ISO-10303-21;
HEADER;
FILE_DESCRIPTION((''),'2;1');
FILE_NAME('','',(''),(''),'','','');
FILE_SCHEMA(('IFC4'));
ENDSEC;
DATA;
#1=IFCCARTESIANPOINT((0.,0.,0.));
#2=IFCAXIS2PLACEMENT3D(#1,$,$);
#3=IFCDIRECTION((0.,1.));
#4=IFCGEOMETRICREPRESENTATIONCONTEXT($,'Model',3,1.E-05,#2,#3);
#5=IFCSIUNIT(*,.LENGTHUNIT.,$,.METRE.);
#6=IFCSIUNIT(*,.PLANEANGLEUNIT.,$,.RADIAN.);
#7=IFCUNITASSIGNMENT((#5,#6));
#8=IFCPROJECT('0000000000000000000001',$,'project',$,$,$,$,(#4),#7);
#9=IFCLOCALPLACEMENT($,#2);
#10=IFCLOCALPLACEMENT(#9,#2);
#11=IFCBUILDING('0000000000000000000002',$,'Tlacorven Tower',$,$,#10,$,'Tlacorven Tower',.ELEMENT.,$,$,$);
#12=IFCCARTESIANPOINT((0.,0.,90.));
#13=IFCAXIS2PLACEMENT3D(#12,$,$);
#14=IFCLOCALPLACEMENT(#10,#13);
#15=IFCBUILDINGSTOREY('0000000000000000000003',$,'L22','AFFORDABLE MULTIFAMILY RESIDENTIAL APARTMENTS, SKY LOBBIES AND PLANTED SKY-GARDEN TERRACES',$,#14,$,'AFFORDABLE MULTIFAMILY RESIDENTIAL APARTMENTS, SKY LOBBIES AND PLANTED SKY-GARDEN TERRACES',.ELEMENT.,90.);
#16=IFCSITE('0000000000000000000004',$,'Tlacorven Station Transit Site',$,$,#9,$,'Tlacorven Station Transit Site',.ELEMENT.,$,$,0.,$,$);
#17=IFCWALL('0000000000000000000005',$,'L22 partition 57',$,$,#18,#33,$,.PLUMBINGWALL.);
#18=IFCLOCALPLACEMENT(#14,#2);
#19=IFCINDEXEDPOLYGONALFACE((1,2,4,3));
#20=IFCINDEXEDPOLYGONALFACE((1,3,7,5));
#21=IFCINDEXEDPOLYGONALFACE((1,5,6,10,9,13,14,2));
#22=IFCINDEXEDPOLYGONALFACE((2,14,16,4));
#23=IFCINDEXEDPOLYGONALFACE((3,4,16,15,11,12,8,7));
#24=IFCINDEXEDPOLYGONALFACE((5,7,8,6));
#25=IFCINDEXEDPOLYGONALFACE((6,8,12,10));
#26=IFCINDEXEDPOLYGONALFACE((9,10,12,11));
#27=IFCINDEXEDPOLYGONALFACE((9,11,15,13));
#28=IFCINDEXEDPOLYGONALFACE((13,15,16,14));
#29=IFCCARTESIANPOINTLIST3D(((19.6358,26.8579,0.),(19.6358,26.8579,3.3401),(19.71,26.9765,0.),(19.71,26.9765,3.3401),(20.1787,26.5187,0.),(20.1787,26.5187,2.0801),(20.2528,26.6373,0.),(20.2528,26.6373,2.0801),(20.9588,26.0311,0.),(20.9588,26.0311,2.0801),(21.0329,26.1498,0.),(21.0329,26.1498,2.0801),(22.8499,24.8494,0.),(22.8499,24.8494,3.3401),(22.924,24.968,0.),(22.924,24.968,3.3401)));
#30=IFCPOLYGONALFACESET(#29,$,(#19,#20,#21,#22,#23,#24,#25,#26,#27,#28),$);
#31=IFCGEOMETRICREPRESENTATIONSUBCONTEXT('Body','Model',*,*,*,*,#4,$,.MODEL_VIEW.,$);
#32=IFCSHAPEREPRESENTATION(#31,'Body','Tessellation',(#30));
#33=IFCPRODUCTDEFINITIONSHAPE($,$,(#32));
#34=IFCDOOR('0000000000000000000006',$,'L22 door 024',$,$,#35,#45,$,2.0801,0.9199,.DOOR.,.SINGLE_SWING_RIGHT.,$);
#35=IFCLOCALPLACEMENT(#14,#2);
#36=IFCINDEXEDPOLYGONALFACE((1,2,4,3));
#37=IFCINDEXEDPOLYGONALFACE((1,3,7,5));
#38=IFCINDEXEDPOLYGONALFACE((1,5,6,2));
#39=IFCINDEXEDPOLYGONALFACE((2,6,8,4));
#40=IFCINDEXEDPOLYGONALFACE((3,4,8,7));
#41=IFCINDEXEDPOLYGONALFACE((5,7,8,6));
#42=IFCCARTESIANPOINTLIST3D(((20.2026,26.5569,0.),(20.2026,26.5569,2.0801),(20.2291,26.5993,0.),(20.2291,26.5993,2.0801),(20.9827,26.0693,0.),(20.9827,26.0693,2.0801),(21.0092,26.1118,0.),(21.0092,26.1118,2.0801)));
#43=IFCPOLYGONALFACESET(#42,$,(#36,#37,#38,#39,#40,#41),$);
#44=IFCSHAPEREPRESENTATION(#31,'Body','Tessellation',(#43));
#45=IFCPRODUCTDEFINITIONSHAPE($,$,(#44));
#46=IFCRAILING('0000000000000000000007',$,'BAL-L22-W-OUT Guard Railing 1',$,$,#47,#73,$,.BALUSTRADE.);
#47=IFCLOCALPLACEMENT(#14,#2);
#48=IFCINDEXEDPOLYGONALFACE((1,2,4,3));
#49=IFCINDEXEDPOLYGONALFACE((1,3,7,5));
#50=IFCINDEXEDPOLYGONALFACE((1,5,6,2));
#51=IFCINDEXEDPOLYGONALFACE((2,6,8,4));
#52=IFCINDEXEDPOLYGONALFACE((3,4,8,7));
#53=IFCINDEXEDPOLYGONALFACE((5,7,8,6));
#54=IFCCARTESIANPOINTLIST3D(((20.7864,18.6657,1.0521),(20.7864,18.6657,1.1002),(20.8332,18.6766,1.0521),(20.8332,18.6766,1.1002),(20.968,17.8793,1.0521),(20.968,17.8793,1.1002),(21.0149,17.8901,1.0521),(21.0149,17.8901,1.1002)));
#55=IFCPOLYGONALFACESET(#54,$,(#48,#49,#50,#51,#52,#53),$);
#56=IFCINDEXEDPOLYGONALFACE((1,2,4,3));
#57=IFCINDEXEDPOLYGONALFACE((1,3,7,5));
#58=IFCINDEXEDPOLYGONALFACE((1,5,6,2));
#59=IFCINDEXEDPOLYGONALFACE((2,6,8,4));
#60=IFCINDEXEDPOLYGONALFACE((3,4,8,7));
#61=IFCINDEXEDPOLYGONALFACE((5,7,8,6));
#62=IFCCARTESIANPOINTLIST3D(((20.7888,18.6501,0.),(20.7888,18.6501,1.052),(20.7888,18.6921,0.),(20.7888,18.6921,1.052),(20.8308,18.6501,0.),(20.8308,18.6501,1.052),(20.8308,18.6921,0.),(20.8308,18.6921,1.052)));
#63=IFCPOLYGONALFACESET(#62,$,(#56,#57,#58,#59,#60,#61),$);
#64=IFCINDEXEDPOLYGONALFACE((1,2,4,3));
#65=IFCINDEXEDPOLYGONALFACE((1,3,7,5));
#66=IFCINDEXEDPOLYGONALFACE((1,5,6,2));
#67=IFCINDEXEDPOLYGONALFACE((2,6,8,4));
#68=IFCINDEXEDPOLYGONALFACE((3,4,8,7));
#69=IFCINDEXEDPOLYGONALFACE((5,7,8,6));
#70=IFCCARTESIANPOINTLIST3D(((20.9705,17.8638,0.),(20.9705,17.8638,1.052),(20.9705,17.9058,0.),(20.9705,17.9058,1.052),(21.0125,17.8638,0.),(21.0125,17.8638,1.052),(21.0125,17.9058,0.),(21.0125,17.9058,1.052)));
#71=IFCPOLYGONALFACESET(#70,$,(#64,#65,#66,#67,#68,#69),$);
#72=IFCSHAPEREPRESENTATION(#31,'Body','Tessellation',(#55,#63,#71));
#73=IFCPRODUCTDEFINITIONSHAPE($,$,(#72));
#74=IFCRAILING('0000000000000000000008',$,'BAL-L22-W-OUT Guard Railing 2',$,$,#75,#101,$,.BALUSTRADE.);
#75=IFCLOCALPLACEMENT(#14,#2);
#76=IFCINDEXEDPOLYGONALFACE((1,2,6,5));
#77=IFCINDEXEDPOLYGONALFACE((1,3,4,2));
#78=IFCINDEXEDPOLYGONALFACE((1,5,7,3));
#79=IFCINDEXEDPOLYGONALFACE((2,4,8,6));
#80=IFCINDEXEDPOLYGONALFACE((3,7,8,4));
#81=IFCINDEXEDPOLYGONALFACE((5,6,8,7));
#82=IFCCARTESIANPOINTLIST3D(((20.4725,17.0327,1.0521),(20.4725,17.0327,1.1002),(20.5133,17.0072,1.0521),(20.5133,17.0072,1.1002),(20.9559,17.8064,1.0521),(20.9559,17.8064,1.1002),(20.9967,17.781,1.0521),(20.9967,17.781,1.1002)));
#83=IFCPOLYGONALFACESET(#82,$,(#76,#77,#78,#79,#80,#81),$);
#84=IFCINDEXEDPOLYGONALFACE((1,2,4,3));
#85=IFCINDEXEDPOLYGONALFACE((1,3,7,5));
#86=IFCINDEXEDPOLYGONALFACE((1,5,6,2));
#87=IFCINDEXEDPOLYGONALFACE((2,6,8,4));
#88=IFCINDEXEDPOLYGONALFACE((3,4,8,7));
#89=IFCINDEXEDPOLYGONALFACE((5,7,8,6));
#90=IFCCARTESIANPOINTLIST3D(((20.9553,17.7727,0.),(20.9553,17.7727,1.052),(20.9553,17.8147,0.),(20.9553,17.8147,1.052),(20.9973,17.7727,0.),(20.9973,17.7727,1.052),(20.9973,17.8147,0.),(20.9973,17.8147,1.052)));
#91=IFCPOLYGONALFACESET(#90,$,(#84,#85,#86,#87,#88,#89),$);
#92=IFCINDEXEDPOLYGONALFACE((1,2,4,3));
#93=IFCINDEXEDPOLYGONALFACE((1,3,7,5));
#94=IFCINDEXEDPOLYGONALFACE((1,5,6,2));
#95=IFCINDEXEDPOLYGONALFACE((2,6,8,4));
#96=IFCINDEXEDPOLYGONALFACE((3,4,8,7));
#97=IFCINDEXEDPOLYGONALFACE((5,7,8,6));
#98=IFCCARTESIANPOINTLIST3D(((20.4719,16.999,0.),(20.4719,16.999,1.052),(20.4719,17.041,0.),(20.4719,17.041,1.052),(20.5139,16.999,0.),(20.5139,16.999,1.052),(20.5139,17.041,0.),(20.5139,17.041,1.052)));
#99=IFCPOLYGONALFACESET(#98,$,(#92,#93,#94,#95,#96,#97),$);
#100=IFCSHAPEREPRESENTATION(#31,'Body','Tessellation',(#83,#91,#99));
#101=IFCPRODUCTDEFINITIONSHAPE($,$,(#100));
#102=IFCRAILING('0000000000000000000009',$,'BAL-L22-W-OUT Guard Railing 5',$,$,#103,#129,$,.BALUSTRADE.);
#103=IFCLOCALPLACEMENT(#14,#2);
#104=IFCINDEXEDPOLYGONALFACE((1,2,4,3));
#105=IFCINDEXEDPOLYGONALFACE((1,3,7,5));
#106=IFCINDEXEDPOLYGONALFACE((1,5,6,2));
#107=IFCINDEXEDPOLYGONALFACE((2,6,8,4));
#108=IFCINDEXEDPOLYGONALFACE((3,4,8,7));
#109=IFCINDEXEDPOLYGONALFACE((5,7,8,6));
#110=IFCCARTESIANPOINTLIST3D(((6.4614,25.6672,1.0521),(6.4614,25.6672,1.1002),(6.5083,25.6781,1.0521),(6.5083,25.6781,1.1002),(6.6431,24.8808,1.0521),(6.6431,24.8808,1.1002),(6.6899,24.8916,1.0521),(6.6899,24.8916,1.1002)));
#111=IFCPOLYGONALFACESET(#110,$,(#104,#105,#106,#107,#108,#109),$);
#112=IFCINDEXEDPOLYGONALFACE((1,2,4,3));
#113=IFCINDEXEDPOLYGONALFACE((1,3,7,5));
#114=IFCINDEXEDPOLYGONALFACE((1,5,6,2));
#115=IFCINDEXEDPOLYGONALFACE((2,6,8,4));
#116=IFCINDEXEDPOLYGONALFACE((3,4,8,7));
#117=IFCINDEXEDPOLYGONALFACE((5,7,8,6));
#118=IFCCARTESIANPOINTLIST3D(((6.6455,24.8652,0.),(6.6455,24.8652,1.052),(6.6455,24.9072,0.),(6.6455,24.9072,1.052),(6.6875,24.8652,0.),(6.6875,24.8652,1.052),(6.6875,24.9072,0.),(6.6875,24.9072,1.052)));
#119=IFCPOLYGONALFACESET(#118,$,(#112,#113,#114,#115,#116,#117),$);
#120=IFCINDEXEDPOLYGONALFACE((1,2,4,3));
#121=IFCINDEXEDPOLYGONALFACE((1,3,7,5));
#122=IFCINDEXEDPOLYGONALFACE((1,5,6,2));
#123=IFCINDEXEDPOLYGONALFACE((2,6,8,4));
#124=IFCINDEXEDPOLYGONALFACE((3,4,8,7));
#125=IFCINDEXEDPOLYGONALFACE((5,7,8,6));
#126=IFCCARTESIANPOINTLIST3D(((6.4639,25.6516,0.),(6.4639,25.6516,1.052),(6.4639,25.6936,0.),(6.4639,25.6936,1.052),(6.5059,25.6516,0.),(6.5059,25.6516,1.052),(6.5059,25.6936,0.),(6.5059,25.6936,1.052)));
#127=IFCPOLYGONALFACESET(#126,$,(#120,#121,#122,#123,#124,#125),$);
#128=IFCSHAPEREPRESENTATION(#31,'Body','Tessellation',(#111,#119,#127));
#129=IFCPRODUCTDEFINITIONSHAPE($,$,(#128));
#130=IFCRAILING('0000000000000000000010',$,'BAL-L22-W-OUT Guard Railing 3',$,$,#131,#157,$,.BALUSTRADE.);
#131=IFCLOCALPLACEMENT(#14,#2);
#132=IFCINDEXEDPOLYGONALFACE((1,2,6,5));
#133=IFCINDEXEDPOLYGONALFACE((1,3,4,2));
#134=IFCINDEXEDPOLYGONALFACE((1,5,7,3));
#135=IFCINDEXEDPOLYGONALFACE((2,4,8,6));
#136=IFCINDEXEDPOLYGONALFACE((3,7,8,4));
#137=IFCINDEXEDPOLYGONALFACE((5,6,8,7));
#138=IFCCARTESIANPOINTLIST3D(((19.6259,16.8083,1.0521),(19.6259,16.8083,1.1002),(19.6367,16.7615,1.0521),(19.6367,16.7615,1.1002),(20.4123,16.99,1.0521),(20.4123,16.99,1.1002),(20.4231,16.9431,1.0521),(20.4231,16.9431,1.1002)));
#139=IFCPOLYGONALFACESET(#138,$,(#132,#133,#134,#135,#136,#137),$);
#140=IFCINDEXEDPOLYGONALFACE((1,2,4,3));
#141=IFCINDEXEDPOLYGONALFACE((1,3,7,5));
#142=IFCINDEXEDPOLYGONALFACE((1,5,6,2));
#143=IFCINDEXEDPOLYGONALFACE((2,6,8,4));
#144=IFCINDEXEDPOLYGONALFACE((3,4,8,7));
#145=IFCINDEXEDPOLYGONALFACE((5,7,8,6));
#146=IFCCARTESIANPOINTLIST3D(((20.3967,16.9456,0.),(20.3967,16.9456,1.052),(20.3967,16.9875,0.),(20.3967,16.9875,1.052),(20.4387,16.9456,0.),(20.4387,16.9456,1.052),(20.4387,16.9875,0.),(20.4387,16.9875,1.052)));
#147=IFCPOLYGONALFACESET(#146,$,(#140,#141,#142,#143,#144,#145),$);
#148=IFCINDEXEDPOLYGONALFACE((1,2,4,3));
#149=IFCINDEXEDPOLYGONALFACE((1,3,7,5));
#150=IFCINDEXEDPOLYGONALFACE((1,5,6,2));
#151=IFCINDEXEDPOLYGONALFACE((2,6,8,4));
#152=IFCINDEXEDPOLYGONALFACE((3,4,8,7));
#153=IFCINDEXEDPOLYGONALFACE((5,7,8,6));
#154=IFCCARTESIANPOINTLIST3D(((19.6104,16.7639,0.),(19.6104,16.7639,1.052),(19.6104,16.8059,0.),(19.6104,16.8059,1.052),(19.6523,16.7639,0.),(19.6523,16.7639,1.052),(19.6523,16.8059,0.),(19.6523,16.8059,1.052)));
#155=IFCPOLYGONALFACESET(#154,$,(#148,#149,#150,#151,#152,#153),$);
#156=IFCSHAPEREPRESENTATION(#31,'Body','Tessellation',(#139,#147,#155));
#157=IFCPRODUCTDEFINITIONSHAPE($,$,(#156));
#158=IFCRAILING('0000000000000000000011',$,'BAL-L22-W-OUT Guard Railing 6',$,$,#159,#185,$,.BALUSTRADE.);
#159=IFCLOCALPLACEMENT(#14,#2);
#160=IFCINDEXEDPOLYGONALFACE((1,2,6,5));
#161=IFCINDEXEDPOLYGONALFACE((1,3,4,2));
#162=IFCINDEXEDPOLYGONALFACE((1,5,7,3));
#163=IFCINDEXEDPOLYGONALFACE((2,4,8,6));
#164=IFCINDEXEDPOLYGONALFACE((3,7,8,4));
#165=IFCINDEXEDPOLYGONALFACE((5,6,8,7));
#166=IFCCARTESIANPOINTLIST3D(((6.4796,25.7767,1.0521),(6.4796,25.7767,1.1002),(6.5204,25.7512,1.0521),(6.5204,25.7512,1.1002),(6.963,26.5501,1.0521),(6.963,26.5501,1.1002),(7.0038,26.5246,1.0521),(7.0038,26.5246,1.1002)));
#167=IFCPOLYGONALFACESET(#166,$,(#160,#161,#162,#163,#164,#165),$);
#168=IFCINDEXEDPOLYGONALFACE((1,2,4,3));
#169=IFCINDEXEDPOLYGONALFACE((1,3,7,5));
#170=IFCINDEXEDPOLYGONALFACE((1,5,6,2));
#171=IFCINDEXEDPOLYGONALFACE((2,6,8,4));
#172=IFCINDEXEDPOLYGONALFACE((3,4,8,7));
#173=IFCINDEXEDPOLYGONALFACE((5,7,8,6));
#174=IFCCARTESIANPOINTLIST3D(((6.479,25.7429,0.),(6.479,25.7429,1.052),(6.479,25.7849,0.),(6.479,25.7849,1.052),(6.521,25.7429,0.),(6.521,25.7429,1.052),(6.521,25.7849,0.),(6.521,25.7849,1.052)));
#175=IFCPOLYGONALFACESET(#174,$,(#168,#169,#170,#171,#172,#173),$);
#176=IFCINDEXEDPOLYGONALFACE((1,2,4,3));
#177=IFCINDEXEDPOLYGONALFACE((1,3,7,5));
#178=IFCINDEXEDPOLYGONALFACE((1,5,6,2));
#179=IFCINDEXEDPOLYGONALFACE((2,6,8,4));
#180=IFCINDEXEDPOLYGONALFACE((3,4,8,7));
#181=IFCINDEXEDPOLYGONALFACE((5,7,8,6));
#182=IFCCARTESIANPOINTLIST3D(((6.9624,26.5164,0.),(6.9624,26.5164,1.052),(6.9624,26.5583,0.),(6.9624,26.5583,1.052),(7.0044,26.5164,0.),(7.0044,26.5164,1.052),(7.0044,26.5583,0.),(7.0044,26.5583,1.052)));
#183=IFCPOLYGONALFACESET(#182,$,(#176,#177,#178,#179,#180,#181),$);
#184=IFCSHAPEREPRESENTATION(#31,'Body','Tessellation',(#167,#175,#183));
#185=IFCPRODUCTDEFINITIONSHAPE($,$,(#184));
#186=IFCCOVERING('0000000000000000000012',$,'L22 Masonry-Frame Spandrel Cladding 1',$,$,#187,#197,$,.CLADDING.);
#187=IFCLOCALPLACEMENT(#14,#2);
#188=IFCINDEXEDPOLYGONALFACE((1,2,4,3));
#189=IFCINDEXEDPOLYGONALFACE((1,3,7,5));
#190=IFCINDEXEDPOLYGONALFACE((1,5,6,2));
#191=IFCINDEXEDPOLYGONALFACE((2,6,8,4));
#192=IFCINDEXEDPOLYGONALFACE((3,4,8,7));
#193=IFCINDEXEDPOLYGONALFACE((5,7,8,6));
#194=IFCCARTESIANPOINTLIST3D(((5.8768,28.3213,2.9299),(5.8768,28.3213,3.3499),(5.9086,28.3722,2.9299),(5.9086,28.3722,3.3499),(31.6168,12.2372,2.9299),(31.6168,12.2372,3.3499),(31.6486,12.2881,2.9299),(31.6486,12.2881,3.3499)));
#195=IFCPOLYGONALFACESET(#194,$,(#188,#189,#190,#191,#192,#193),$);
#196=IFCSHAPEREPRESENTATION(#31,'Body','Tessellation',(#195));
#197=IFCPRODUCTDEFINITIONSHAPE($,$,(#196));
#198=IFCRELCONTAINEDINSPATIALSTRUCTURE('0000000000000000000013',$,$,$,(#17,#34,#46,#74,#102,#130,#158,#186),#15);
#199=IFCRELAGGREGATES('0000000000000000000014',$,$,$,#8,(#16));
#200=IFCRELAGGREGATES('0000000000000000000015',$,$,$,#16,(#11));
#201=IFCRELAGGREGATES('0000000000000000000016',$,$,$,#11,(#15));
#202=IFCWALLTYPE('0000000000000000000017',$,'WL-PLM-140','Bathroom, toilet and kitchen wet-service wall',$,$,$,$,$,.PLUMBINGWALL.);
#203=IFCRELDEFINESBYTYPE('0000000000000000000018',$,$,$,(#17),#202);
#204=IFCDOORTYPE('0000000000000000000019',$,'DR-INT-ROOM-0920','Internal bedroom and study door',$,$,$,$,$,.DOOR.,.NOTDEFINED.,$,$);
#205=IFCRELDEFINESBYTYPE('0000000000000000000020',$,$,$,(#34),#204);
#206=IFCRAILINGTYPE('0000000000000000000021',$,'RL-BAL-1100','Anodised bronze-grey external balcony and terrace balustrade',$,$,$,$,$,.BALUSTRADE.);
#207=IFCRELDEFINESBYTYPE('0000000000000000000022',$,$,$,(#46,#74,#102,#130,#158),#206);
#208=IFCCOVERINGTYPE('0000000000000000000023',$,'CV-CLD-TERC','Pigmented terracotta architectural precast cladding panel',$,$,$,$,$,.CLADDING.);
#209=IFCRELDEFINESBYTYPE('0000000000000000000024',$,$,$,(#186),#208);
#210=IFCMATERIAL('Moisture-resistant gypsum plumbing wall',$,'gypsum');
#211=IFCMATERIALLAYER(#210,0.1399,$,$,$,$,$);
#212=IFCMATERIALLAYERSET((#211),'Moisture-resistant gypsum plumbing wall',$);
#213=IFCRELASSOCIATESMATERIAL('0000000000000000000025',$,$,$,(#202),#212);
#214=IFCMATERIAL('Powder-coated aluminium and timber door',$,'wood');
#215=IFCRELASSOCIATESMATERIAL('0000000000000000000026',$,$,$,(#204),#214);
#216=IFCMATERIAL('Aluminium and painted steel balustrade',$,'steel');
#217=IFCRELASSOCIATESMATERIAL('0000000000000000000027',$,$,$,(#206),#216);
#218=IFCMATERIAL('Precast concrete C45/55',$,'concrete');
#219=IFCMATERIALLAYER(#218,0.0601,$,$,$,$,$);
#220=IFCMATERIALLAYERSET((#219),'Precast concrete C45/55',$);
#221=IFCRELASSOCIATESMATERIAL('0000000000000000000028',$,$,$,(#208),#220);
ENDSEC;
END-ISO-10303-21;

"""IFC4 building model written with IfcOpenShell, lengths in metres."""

from ifc_helpers import new_model, si_unit, direction, frame, frame_2d, origin, origin_2d, place, context, subcontext, project, spatial, rectangle, extrude, source, transform, mapped, material, layer, layer_set, type_object, element, fill, save


model = new_model("IFC4")

# Units and contexts
model_context = context("Model", 3, precision=1e-05, world=origin(), true_north=direction((0.0, 1.0)))
body_context = subcontext(model_context, "Body", "Model", "MODEL_VIEW")
ifc_project = project(units=[si_unit("LENGTHUNIT", "METRE"), si_unit("PLANEANGLEUNIT", "RADIAN")], contexts=[model_context])

# Site, building, storey
site_placement = place(None, origin())
site = spatial("IfcSite", under=ifc_project, at=site_placement, Name="Tlacorven Station Transit Site", LongName="Tlacorven Station Transit Site", CompositionType="ELEMENT", RefElevation=0.0)
building_placement = place(site_placement, origin())
building = spatial("IfcBuilding", under=site, at=building_placement, Name="Tlacorven Tower", LongName="Tlacorven Tower", CompositionType="ELEMENT")
storey_placement = place(building_placement, frame((0.0, 0.0, 90.0)))
storey = spatial("IfcBuildingStorey", under=building, at=storey_placement, Name="L22", Description="AFFORDABLE MULTIFAMILY RESIDENTIAL APARTMENTS, SKY LOBBIES AND PLANTED SKY-GARDEN TERRACES", LongName="AFFORDABLE MULTIFAMILY RESIDENTIAL APARTMENTS, SKY LOBBIES AND PLANTED SKY-GARDEN TERRACES", CompositionType="ELEMENT", Elevation=90.0)

# Shared definitions
ifc_material_1 = material(Name="Precast concrete C45/55", Category="concrete")

# Wall, opening, door
ifc_material_2 = material(Name="Moisture-resistant gypsum plumbing wall", Category="gypsum")
ifc_layer_1 = layer(ifc_material_2, 0.1399)
ifc_layer_set_1 = layer_set([ifc_layer_1], Name="Moisture-resistant gypsum plumbing wall")
wall_type = type_object("IfcWallType", Name="WL-PLM-140", Description="Bathroom, toilet and kitchen wet-service wall", PredefinedType="PLUMBINGWALL", material=ifc_layer_set_1)
wall_placement = place(storey_placement, frame((22.887, 24.9087, 0.0), z_axis=(0.0, 0.0, 1.0), x_axis=(-0.848031, 0.529947, 0.0)))
wall = element("IfcWall", 1, at=wall_placement, inside=storey, type_object=wall_type, Name="L22 partition 57", PredefinedType="PLUMBINGWALL", context=body_context, shape_type="SweptSolid", body=[
    extrude(rectangle(XDim=3.79, YDim=0.1399, at=frame_2d((1.895, 0.0))), origin(), (0.0, 0.0, 1.0), 3.3401),
])
opening_placement = place(wall_placement, frame((2.23, 0.0, 0.0)))
opening = element("IfcOpeningElement", 2, at=opening_placement, cuts=wall, PredefinedType="OPENING", context=body_context, shape_type="SweptSolid", body=[
    extrude(rectangle(XDim=0.9199, YDim=2.0801, at=frame_2d((0.46, 1.04))), frame((0.0, 0.0801, 0.0), z_axis=(0.0, -1.0, 0.0), x_axis=(1.0, 0.0, 0.0)), (0.0, 0.0, 1.0), 0.1599),
])
ifc_material_3 = material(Name="Powder-coated aluminium and timber door", Category="wood")
door_type = type_object("IfcDoorType", Name="DR-INT-ROOM-0920", Description="Internal bedroom and study door", OperationType="NOTDEFINED", PredefinedType="DOOR", material=ifc_material_3)
shared_shape_1 = source(origin(), body_context, "Body", "SweptSolid", [
    extrude(rectangle(XDim=0.9199, YDim=2.0801, at=frame_2d((0.46, 1.04))), frame((0.0, 0.0249, 0.0), z_axis=(0.0, -1.0, 0.0), x_axis=(1.0, 0.0, 0.0)), (0.0, 0.0, 1.0), 0.05),
])
door_placement = place(opening_placement, origin())
door = element("IfcDoor", 3, at=door_placement, inside=storey, type_object=door_type, Name="L22 door 024", OperationType="SINGLE_SWING_RIGHT", OverallHeight=2.0801, OverallWidth=0.9199, PredefinedType="DOOR", context=body_context, shape_type="MappedRepresentation", body=[
    mapped(shared_shape_1, transform((0.0, 0.0, 0.0), scale=1.0)),
])
fill(opening, door)

# Railings
ifc_material_4 = material(Name="Aluminium and painted steel balustrade", Category="steel")
railing_type = type_object("IfcRailingType", Name="RL-BAL-1100", Description="Anodised bronze-grey external balcony and terrace balustrade", PredefinedType="BALUSTRADE", material=ifc_material_4)
shared_shape_2 = source(origin(), body_context, "Body", "SweptSolid", [
    extrude(rectangle(XDim=0.0481, YDim=0.0481, at=origin_2d()), frame((0.0, 0.0, 1.0762), z_axis=(0.225058, -0.974345, 0.0), x_axis=(0.974345, 0.225058, 0.0)), (0.0, 0.0, 1.0), 0.8071),
    extrude(rectangle(XDim=0.042, YDim=0.042, at=origin_2d()), origin(), (0.0, 0.0, 1.0), 1.052),
    extrude(rectangle(XDim=0.042, YDim=0.042, at=origin_2d()), frame((0.1816, -0.7864, 0.0)), (0.0, 0.0, 1.0), 1.052),
])
railing_1_placement = place(storey_placement, frame((20.8098, 18.6711, 0.0)))
element("IfcRailing", 4, at=railing_1_placement, inside=storey, type_object=railing_type, Name="BAL-L22-W-OUT Guard Railing 1", PredefinedType="BALUSTRADE", context=body_context, shape_type="MappedRepresentation", body=[
    mapped(shared_shape_2, transform((0.0, 0.0, 0.0), scale=1.0)),
])
shared_shape_3 = source(origin(), body_context, "Body", "SweptSolid", [
    extrude(rectangle(XDim=0.0481, YDim=0.0481, at=origin_2d()), frame((0.0, 0.0, 1.0762), z_axis=(-0.529879, -0.848073, 0.0), x_axis=(0.848073, -0.529879, 0.0)), (0.0, 0.0, 1.0), 0.9124),
    extrude(rectangle(XDim=0.042, YDim=0.042, at=origin_2d()), origin(), (0.0, 0.0, 1.0), 1.052),
    extrude(rectangle(XDim=0.042, YDim=0.042, at=origin_2d()), frame((-0.4834, -0.7737, 0.0)), (0.0, 0.0, 1.0), 1.052),
])
railing_2_placement = place(storey_placement, frame((20.9763, 17.7937, 0.0)))
element("IfcRailing", 5, at=railing_2_placement, inside=storey, type_object=railing_type, Name="BAL-L22-W-OUT Guard Railing 2", PredefinedType="BALUSTRADE", context=body_context, shape_type="MappedRepresentation", body=[
    mapped(shared_shape_3, transform((0.0, 0.0, 0.0), scale=1.0)),
])
shared_shape_4 = source(origin(), body_context, "Body", "SweptSolid", [
    extrude(rectangle(XDim=0.0481, YDim=0.0481, at=origin_2d()), frame((0.0, 0.0, 1.0762), z_axis=(-0.225058, 0.974345, 0.0), x_axis=(-0.974345, -0.225058, 0.0)), (0.0, 0.0, 1.0), 0.8071),
    extrude(rectangle(XDim=0.042, YDim=0.042, at=origin_2d()), origin(), (0.0, 0.0, 1.0), 1.052),
    extrude(rectangle(XDim=0.042, YDim=0.042, at=origin_2d()), frame((-0.1816, 0.7864, 0.0)), (0.0, 0.0, 1.0), 1.052),
])
railing_3_placement = place(storey_placement, frame((6.6665, 24.8862, 0.0)))
element("IfcRailing", 6, at=railing_3_placement, inside=storey, type_object=railing_type, Name="BAL-L22-W-OUT Guard Railing 5", PredefinedType="BALUSTRADE", context=body_context, shape_type="MappedRepresentation", body=[
    mapped(shared_shape_4, transform((0.0, 0.0, 0.0), scale=1.0)),
])
shared_shape_5 = source(origin(), body_context, "Body", "SweptSolid", [
    extrude(rectangle(XDim=0.0481, YDim=0.0481, at=origin_2d()), frame((0.0, 0.0, 1.0762), z_axis=(-0.974345, -0.225058, 0.0), x_axis=(0.225058, -0.974345, 0.0)), (0.0, 0.0, 1.0), 0.8071),
    extrude(rectangle(XDim=0.042, YDim=0.042, at=origin_2d()), origin(), (0.0, 0.0, 1.0), 1.052),
    extrude(rectangle(XDim=0.042, YDim=0.042, at=origin_2d()), frame((-0.7864, -0.1816, 0.0)), (0.0, 0.0, 1.0), 1.052),
])
railing_4_placement = place(storey_placement, frame((20.4177, 16.9666, 0.0)))
element("IfcRailing", 7, at=railing_4_placement, inside=storey, type_object=railing_type, Name="BAL-L22-W-OUT Guard Railing 3", PredefinedType="BALUSTRADE", context=body_context, shape_type="MappedRepresentation", body=[
    mapped(shared_shape_5, transform((0.0, 0.0, 0.0), scale=1.0)),
])
shared_shape_6 = source(origin(), body_context, "Body", "SweptSolid", [
    extrude(rectangle(XDim=0.0481, YDim=0.0481, at=origin_2d()), frame((0.0, 0.0, 1.0762), z_axis=(0.529999, 0.847998, 0.0), x_axis=(-0.847998, 0.529999, 0.0)), (0.0, 0.0, 1.0), 0.9121),
    extrude(rectangle(XDim=0.042, YDim=0.042, at=origin_2d()), origin(), (0.0, 0.0, 1.0), 1.052),
    extrude(rectangle(XDim=0.042, YDim=0.042, at=origin_2d()), frame((0.4834, 0.7734, 0.0)), (0.0, 0.0, 1.0), 1.052),
])
railing_5_placement = place(storey_placement, frame((6.5, 25.7639, 0.0)))
element("IfcRailing", 8, at=railing_5_placement, inside=storey, type_object=railing_type, Name="BAL-L22-W-OUT Guard Railing 6", PredefinedType="BALUSTRADE", context=body_context, shape_type="MappedRepresentation", body=[
    mapped(shared_shape_6, transform((0.0, 0.0, 0.0), scale=1.0)),
])

# Covering
ifc_layer_2 = layer(ifc_material_1, 0.0601)
ifc_layer_set_2 = layer_set([ifc_layer_2], Name="Precast concrete C45/55")
covering_type = type_object("IfcCoveringType", Name="CV-CLD-TERC", Description="Pigmented terracotta architectural precast cladding panel", PredefinedType="CLADDING", material=ifc_layer_set_2)
shared_shape_7 = source(origin(), body_context, "Body", "SweptSolid", [
    extrude(rectangle(XDim=30.3521, YDim=0.0601, at=origin_2d()), origin(), (0.0, 0.0, 1.0), 0.4199),
])
covering_placement = place(storey_placement, frame((18.7627, 20.3047, 2.9299), z_axis=(0.0, 0.0, 1.0), x_axis=(-0.848048, 0.529919, 0.0)))
element("IfcCovering", 9, at=covering_placement, inside=storey, type_object=covering_type, Name="L22 Masonry-Frame Spandrel Cladding 1", PredefinedType="CLADDING", context=body_context, shape_type="MappedRepresentation", body=[
    mapped(shared_shape_7, transform((0.0, 0.0, 0.0), scale=1.0)),
])

save(model, "model.ifc")
